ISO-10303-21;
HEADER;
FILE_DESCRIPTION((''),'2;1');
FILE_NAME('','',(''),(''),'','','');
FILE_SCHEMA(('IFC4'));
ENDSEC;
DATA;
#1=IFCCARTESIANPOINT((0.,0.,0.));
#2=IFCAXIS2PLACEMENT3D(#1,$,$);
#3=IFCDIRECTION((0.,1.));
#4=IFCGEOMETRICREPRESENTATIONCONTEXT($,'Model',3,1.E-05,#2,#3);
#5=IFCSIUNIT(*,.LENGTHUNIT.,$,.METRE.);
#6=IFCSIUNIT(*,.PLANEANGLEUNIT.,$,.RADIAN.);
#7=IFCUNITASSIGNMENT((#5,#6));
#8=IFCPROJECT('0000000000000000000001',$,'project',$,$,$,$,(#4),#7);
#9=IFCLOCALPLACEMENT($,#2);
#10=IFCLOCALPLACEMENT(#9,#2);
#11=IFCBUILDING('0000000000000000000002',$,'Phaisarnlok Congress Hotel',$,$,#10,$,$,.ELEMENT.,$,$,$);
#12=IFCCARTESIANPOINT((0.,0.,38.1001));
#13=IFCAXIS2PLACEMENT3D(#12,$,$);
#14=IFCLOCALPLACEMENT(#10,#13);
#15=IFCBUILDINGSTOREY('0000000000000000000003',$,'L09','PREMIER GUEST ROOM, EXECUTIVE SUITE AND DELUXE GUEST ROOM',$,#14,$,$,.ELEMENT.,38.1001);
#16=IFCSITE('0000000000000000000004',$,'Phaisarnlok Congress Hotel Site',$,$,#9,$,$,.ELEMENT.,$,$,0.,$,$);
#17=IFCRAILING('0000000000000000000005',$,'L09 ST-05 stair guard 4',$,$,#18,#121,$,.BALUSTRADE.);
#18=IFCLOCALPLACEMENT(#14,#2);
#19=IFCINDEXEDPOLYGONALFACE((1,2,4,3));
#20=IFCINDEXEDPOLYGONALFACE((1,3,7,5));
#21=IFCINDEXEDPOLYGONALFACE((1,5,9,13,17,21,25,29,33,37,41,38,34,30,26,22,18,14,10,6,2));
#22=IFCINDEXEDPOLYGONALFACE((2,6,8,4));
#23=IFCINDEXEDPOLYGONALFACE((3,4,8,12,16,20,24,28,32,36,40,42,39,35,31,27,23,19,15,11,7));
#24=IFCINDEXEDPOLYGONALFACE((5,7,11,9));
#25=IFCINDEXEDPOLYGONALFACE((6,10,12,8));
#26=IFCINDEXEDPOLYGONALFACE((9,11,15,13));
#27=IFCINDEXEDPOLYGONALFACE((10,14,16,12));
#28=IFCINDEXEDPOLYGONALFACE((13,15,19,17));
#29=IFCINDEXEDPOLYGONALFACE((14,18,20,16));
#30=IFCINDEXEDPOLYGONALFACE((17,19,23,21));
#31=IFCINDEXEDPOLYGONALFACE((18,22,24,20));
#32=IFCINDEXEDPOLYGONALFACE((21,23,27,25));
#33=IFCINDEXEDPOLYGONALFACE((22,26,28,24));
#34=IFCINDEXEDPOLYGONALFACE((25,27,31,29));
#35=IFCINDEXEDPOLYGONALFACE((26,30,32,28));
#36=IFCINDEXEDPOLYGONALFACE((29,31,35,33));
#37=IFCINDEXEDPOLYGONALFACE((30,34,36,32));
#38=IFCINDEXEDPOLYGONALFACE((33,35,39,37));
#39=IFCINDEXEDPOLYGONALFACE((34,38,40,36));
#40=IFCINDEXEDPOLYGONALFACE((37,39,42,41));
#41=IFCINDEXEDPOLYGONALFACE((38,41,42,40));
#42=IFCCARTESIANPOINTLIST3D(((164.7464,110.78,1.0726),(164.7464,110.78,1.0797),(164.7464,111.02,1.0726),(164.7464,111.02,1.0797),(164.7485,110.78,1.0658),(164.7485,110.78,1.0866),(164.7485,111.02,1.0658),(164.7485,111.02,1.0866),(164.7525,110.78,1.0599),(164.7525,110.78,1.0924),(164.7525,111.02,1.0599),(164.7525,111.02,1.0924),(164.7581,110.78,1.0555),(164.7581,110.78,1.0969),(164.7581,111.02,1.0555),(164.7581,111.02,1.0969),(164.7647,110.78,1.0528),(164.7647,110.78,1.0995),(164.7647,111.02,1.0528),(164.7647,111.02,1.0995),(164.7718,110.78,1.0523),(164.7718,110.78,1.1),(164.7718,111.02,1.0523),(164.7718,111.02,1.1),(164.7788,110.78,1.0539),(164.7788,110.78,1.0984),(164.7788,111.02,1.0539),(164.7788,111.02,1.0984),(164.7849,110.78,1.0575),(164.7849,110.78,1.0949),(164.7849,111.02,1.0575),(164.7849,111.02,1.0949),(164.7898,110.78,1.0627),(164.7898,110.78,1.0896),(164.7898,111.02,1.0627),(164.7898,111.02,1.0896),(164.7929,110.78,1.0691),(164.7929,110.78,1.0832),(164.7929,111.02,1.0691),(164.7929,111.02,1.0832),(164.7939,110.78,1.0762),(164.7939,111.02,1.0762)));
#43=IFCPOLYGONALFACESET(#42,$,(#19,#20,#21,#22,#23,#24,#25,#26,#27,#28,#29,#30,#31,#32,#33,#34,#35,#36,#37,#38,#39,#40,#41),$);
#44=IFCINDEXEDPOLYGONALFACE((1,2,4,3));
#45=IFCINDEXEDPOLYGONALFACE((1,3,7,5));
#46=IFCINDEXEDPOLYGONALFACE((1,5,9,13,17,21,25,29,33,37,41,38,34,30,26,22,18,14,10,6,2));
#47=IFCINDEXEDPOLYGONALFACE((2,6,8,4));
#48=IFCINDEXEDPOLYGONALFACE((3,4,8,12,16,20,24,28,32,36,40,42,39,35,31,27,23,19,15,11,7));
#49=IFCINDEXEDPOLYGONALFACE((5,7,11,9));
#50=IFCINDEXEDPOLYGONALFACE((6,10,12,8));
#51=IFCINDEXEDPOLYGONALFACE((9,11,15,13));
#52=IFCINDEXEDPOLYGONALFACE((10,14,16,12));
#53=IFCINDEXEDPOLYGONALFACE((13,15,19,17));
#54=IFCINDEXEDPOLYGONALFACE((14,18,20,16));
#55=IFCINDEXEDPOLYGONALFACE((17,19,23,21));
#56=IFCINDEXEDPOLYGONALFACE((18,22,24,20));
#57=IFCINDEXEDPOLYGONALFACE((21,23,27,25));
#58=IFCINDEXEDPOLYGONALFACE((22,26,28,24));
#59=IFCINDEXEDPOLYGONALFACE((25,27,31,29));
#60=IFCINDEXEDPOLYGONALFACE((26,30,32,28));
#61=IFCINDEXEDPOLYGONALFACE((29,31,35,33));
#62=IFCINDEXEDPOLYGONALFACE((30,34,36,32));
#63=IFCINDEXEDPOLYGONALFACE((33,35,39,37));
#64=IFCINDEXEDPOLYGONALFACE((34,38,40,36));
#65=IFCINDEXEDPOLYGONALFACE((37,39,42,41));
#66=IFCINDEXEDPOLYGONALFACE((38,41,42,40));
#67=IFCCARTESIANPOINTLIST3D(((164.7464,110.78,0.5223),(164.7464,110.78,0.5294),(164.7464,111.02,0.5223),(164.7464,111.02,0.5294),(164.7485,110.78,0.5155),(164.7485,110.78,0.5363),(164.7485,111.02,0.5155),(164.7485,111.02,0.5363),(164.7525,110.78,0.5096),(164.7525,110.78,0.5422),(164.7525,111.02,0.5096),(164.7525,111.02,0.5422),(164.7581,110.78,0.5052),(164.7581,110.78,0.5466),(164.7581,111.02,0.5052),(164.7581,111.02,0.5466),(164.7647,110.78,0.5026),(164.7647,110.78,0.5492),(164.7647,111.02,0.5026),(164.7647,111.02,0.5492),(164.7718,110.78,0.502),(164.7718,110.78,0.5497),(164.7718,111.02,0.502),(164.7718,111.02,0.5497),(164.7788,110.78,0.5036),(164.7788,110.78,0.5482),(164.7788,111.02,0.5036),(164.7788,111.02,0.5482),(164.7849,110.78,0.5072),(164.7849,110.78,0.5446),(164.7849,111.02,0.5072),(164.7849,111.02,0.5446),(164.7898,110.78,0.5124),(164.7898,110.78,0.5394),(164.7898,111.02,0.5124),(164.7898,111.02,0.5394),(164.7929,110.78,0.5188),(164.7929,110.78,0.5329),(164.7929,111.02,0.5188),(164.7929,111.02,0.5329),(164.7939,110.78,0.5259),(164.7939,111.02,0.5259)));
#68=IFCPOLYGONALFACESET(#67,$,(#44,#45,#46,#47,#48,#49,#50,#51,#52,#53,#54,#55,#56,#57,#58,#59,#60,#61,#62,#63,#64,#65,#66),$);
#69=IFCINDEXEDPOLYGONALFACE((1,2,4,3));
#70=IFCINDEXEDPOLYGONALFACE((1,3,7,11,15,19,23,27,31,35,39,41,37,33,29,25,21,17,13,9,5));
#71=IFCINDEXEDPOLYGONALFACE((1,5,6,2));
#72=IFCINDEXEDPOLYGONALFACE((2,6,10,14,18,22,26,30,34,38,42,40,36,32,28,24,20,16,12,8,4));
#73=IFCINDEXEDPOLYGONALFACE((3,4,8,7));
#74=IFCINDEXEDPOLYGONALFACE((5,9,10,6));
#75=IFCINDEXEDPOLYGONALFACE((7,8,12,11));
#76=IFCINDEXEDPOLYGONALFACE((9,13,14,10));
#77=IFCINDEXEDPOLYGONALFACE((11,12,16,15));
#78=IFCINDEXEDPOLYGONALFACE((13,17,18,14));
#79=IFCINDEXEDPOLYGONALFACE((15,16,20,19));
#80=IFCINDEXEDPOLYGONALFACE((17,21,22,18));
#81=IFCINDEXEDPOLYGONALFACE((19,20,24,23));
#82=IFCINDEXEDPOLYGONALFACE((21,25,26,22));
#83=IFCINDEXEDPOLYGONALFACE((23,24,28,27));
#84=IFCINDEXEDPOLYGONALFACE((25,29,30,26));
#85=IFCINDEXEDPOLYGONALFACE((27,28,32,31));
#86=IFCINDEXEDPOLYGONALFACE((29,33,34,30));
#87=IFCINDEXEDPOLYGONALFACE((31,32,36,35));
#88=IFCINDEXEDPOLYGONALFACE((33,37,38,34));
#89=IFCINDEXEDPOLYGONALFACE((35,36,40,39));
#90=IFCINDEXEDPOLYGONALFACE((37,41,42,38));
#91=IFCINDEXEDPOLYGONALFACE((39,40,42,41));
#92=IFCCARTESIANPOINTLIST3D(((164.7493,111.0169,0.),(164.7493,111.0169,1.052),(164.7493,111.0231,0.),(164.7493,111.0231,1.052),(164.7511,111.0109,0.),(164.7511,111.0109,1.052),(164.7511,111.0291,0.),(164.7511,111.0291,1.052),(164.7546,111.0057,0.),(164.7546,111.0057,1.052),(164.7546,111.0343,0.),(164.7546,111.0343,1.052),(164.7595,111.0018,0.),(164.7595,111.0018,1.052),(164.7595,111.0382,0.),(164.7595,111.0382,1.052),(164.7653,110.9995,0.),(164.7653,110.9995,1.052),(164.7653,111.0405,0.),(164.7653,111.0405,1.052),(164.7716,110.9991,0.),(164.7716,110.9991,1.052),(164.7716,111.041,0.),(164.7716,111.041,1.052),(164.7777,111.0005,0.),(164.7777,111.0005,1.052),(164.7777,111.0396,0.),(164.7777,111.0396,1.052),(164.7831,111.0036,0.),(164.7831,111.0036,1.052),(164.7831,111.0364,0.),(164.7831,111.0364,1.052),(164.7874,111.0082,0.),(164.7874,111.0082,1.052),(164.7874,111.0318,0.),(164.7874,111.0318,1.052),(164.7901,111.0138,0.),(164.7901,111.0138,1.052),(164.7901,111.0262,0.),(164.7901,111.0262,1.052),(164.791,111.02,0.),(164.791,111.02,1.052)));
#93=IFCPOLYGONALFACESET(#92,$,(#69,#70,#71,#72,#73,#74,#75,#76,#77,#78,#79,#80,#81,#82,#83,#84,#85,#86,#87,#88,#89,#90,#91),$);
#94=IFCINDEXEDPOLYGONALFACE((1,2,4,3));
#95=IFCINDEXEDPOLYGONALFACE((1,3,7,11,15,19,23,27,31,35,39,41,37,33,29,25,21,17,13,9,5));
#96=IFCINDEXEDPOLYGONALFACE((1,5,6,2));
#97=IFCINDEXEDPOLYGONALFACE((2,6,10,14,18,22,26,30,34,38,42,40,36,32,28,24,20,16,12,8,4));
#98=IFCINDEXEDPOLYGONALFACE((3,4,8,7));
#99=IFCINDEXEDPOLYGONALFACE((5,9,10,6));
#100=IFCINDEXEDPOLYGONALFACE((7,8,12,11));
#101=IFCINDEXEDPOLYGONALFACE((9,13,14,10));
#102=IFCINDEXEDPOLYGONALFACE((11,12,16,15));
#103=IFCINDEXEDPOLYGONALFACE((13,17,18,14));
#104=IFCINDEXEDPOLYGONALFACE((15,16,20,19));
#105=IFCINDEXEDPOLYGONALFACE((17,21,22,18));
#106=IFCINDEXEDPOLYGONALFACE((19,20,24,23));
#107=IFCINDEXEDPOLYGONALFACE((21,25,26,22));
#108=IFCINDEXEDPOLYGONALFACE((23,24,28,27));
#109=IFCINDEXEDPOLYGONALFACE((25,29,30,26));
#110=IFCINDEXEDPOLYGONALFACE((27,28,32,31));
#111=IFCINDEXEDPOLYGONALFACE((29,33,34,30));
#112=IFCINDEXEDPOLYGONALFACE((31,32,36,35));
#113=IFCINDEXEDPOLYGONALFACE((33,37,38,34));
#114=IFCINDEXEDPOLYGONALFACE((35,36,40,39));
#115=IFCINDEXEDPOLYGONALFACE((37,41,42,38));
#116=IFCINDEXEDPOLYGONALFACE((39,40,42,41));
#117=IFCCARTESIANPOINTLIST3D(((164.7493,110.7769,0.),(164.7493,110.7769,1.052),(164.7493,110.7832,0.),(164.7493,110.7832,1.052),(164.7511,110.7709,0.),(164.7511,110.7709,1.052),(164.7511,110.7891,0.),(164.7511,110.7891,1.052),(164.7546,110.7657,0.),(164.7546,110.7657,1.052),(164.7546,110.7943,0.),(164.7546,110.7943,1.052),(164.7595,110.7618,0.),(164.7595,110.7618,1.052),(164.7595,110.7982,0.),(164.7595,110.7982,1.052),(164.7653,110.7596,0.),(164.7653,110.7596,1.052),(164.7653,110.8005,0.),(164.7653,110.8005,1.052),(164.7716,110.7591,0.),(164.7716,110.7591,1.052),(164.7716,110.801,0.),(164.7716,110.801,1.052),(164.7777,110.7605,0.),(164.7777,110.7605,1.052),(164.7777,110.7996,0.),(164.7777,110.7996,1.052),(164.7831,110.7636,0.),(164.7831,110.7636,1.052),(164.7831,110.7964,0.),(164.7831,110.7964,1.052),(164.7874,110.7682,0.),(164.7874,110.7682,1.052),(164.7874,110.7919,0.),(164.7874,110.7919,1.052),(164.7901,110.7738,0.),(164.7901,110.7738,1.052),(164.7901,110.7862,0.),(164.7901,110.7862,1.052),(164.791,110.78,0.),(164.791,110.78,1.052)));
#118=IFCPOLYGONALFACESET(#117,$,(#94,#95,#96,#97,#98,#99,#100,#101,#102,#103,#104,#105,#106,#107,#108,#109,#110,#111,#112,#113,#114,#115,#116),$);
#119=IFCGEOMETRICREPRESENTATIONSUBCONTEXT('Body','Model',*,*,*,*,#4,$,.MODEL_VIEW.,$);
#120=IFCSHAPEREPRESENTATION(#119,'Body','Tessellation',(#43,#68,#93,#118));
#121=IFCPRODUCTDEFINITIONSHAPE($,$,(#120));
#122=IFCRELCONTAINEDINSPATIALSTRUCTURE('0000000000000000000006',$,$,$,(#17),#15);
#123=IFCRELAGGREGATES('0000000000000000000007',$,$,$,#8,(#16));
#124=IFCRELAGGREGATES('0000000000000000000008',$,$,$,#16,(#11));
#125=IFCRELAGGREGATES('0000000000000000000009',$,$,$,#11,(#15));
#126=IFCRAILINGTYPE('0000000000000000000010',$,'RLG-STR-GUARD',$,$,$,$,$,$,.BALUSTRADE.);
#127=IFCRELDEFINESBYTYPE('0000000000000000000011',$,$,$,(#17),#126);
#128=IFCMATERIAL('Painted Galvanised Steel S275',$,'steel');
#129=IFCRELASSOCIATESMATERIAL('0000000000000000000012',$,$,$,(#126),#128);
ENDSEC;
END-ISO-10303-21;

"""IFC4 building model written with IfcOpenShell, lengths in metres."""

from ifc_helpers import new_model, si_unit, direction, frame, origin, origin_2d, place, context, subcontext, project, spatial, circle, extrude, material, type_object, element, save


model = new_model("IFC4")

# Units and contexts
model_context = context("Model", 3, precision=1e-05, world=origin(), true_north=direction((0.0, 1.0)))
body_context = subcontext(model_context, "Body", "Model", "MODEL_VIEW")
ifc_project = project(units=[si_unit("LENGTHUNIT", "METRE"), si_unit("PLANEANGLEUNIT", "RADIAN")], contexts=[model_context])

# Site, building, storey
site_placement = place(None, origin())
site = spatial("IfcSite", under=ifc_project, at=site_placement, Name="Phaisarnlok Congress Hotel Site", CompositionType="ELEMENT", RefElevation=0.0)
building_placement = place(site_placement, origin())
building = spatial("IfcBuilding", under=site, at=building_placement, Name="Phaisarnlok Congress Hotel", CompositionType="ELEMENT")
storey_placement = place(building_placement, frame((0.0, 0.0, 38.1001)))
storey = spatial("IfcBuildingStorey", under=building, at=storey_placement, Name="L09", Description="PREMIER GUEST ROOM, EXECUTIVE SUITE AND DELUXE GUEST ROOM", CompositionType="ELEMENT", Elevation=38.1001)

# Railing
ifc_material_1 = material(Name="Painted Galvanised Steel S275", Category="steel")
railing_type_1 = type_object("IfcRailingType", Name="RLG-STR-GUARD", PredefinedType="BALUSTRADE", material=ifc_material_1)
railing_1_placement = place(storey_placement, frame((164.77, 111.02, 0.0)))
element("IfcRailing", 1, at=railing_1_placement, inside=storey, type_object=railing_type_1, Name="L09 ST-05 stair guard 4", PredefinedType="BALUSTRADE", context=body_context, shape_type="SweptSolid", body=[
    extrude(circle(Radius=0.0239, at=origin_2d()), frame((0.0, 0.0, 1.0762), z_axis=(0.0, -1.0, 0.0), x_axis=(1.0, 0.0, 0.0)), (0.0, 0.0, 1.0), 0.24),
    extrude(circle(Radius=0.0239, at=origin_2d()), frame((0.0, 0.0, 0.5259), z_axis=(0.0, -1.0, 0.0), x_axis=(1.0, 0.0, 0.0)), (0.0, 0.0, 1.0), 0.24),
    extrude(circle(Radius=0.021, at=origin_2d()), origin(), (0.0, 0.0, 1.0), 1.052),
    extrude(circle(Radius=0.021, at=origin_2d()), frame((0.0, -0.24, 0.0)), (0.0, 0.0, 1.0), 1.052),
])

save(model, "model.ifc")
